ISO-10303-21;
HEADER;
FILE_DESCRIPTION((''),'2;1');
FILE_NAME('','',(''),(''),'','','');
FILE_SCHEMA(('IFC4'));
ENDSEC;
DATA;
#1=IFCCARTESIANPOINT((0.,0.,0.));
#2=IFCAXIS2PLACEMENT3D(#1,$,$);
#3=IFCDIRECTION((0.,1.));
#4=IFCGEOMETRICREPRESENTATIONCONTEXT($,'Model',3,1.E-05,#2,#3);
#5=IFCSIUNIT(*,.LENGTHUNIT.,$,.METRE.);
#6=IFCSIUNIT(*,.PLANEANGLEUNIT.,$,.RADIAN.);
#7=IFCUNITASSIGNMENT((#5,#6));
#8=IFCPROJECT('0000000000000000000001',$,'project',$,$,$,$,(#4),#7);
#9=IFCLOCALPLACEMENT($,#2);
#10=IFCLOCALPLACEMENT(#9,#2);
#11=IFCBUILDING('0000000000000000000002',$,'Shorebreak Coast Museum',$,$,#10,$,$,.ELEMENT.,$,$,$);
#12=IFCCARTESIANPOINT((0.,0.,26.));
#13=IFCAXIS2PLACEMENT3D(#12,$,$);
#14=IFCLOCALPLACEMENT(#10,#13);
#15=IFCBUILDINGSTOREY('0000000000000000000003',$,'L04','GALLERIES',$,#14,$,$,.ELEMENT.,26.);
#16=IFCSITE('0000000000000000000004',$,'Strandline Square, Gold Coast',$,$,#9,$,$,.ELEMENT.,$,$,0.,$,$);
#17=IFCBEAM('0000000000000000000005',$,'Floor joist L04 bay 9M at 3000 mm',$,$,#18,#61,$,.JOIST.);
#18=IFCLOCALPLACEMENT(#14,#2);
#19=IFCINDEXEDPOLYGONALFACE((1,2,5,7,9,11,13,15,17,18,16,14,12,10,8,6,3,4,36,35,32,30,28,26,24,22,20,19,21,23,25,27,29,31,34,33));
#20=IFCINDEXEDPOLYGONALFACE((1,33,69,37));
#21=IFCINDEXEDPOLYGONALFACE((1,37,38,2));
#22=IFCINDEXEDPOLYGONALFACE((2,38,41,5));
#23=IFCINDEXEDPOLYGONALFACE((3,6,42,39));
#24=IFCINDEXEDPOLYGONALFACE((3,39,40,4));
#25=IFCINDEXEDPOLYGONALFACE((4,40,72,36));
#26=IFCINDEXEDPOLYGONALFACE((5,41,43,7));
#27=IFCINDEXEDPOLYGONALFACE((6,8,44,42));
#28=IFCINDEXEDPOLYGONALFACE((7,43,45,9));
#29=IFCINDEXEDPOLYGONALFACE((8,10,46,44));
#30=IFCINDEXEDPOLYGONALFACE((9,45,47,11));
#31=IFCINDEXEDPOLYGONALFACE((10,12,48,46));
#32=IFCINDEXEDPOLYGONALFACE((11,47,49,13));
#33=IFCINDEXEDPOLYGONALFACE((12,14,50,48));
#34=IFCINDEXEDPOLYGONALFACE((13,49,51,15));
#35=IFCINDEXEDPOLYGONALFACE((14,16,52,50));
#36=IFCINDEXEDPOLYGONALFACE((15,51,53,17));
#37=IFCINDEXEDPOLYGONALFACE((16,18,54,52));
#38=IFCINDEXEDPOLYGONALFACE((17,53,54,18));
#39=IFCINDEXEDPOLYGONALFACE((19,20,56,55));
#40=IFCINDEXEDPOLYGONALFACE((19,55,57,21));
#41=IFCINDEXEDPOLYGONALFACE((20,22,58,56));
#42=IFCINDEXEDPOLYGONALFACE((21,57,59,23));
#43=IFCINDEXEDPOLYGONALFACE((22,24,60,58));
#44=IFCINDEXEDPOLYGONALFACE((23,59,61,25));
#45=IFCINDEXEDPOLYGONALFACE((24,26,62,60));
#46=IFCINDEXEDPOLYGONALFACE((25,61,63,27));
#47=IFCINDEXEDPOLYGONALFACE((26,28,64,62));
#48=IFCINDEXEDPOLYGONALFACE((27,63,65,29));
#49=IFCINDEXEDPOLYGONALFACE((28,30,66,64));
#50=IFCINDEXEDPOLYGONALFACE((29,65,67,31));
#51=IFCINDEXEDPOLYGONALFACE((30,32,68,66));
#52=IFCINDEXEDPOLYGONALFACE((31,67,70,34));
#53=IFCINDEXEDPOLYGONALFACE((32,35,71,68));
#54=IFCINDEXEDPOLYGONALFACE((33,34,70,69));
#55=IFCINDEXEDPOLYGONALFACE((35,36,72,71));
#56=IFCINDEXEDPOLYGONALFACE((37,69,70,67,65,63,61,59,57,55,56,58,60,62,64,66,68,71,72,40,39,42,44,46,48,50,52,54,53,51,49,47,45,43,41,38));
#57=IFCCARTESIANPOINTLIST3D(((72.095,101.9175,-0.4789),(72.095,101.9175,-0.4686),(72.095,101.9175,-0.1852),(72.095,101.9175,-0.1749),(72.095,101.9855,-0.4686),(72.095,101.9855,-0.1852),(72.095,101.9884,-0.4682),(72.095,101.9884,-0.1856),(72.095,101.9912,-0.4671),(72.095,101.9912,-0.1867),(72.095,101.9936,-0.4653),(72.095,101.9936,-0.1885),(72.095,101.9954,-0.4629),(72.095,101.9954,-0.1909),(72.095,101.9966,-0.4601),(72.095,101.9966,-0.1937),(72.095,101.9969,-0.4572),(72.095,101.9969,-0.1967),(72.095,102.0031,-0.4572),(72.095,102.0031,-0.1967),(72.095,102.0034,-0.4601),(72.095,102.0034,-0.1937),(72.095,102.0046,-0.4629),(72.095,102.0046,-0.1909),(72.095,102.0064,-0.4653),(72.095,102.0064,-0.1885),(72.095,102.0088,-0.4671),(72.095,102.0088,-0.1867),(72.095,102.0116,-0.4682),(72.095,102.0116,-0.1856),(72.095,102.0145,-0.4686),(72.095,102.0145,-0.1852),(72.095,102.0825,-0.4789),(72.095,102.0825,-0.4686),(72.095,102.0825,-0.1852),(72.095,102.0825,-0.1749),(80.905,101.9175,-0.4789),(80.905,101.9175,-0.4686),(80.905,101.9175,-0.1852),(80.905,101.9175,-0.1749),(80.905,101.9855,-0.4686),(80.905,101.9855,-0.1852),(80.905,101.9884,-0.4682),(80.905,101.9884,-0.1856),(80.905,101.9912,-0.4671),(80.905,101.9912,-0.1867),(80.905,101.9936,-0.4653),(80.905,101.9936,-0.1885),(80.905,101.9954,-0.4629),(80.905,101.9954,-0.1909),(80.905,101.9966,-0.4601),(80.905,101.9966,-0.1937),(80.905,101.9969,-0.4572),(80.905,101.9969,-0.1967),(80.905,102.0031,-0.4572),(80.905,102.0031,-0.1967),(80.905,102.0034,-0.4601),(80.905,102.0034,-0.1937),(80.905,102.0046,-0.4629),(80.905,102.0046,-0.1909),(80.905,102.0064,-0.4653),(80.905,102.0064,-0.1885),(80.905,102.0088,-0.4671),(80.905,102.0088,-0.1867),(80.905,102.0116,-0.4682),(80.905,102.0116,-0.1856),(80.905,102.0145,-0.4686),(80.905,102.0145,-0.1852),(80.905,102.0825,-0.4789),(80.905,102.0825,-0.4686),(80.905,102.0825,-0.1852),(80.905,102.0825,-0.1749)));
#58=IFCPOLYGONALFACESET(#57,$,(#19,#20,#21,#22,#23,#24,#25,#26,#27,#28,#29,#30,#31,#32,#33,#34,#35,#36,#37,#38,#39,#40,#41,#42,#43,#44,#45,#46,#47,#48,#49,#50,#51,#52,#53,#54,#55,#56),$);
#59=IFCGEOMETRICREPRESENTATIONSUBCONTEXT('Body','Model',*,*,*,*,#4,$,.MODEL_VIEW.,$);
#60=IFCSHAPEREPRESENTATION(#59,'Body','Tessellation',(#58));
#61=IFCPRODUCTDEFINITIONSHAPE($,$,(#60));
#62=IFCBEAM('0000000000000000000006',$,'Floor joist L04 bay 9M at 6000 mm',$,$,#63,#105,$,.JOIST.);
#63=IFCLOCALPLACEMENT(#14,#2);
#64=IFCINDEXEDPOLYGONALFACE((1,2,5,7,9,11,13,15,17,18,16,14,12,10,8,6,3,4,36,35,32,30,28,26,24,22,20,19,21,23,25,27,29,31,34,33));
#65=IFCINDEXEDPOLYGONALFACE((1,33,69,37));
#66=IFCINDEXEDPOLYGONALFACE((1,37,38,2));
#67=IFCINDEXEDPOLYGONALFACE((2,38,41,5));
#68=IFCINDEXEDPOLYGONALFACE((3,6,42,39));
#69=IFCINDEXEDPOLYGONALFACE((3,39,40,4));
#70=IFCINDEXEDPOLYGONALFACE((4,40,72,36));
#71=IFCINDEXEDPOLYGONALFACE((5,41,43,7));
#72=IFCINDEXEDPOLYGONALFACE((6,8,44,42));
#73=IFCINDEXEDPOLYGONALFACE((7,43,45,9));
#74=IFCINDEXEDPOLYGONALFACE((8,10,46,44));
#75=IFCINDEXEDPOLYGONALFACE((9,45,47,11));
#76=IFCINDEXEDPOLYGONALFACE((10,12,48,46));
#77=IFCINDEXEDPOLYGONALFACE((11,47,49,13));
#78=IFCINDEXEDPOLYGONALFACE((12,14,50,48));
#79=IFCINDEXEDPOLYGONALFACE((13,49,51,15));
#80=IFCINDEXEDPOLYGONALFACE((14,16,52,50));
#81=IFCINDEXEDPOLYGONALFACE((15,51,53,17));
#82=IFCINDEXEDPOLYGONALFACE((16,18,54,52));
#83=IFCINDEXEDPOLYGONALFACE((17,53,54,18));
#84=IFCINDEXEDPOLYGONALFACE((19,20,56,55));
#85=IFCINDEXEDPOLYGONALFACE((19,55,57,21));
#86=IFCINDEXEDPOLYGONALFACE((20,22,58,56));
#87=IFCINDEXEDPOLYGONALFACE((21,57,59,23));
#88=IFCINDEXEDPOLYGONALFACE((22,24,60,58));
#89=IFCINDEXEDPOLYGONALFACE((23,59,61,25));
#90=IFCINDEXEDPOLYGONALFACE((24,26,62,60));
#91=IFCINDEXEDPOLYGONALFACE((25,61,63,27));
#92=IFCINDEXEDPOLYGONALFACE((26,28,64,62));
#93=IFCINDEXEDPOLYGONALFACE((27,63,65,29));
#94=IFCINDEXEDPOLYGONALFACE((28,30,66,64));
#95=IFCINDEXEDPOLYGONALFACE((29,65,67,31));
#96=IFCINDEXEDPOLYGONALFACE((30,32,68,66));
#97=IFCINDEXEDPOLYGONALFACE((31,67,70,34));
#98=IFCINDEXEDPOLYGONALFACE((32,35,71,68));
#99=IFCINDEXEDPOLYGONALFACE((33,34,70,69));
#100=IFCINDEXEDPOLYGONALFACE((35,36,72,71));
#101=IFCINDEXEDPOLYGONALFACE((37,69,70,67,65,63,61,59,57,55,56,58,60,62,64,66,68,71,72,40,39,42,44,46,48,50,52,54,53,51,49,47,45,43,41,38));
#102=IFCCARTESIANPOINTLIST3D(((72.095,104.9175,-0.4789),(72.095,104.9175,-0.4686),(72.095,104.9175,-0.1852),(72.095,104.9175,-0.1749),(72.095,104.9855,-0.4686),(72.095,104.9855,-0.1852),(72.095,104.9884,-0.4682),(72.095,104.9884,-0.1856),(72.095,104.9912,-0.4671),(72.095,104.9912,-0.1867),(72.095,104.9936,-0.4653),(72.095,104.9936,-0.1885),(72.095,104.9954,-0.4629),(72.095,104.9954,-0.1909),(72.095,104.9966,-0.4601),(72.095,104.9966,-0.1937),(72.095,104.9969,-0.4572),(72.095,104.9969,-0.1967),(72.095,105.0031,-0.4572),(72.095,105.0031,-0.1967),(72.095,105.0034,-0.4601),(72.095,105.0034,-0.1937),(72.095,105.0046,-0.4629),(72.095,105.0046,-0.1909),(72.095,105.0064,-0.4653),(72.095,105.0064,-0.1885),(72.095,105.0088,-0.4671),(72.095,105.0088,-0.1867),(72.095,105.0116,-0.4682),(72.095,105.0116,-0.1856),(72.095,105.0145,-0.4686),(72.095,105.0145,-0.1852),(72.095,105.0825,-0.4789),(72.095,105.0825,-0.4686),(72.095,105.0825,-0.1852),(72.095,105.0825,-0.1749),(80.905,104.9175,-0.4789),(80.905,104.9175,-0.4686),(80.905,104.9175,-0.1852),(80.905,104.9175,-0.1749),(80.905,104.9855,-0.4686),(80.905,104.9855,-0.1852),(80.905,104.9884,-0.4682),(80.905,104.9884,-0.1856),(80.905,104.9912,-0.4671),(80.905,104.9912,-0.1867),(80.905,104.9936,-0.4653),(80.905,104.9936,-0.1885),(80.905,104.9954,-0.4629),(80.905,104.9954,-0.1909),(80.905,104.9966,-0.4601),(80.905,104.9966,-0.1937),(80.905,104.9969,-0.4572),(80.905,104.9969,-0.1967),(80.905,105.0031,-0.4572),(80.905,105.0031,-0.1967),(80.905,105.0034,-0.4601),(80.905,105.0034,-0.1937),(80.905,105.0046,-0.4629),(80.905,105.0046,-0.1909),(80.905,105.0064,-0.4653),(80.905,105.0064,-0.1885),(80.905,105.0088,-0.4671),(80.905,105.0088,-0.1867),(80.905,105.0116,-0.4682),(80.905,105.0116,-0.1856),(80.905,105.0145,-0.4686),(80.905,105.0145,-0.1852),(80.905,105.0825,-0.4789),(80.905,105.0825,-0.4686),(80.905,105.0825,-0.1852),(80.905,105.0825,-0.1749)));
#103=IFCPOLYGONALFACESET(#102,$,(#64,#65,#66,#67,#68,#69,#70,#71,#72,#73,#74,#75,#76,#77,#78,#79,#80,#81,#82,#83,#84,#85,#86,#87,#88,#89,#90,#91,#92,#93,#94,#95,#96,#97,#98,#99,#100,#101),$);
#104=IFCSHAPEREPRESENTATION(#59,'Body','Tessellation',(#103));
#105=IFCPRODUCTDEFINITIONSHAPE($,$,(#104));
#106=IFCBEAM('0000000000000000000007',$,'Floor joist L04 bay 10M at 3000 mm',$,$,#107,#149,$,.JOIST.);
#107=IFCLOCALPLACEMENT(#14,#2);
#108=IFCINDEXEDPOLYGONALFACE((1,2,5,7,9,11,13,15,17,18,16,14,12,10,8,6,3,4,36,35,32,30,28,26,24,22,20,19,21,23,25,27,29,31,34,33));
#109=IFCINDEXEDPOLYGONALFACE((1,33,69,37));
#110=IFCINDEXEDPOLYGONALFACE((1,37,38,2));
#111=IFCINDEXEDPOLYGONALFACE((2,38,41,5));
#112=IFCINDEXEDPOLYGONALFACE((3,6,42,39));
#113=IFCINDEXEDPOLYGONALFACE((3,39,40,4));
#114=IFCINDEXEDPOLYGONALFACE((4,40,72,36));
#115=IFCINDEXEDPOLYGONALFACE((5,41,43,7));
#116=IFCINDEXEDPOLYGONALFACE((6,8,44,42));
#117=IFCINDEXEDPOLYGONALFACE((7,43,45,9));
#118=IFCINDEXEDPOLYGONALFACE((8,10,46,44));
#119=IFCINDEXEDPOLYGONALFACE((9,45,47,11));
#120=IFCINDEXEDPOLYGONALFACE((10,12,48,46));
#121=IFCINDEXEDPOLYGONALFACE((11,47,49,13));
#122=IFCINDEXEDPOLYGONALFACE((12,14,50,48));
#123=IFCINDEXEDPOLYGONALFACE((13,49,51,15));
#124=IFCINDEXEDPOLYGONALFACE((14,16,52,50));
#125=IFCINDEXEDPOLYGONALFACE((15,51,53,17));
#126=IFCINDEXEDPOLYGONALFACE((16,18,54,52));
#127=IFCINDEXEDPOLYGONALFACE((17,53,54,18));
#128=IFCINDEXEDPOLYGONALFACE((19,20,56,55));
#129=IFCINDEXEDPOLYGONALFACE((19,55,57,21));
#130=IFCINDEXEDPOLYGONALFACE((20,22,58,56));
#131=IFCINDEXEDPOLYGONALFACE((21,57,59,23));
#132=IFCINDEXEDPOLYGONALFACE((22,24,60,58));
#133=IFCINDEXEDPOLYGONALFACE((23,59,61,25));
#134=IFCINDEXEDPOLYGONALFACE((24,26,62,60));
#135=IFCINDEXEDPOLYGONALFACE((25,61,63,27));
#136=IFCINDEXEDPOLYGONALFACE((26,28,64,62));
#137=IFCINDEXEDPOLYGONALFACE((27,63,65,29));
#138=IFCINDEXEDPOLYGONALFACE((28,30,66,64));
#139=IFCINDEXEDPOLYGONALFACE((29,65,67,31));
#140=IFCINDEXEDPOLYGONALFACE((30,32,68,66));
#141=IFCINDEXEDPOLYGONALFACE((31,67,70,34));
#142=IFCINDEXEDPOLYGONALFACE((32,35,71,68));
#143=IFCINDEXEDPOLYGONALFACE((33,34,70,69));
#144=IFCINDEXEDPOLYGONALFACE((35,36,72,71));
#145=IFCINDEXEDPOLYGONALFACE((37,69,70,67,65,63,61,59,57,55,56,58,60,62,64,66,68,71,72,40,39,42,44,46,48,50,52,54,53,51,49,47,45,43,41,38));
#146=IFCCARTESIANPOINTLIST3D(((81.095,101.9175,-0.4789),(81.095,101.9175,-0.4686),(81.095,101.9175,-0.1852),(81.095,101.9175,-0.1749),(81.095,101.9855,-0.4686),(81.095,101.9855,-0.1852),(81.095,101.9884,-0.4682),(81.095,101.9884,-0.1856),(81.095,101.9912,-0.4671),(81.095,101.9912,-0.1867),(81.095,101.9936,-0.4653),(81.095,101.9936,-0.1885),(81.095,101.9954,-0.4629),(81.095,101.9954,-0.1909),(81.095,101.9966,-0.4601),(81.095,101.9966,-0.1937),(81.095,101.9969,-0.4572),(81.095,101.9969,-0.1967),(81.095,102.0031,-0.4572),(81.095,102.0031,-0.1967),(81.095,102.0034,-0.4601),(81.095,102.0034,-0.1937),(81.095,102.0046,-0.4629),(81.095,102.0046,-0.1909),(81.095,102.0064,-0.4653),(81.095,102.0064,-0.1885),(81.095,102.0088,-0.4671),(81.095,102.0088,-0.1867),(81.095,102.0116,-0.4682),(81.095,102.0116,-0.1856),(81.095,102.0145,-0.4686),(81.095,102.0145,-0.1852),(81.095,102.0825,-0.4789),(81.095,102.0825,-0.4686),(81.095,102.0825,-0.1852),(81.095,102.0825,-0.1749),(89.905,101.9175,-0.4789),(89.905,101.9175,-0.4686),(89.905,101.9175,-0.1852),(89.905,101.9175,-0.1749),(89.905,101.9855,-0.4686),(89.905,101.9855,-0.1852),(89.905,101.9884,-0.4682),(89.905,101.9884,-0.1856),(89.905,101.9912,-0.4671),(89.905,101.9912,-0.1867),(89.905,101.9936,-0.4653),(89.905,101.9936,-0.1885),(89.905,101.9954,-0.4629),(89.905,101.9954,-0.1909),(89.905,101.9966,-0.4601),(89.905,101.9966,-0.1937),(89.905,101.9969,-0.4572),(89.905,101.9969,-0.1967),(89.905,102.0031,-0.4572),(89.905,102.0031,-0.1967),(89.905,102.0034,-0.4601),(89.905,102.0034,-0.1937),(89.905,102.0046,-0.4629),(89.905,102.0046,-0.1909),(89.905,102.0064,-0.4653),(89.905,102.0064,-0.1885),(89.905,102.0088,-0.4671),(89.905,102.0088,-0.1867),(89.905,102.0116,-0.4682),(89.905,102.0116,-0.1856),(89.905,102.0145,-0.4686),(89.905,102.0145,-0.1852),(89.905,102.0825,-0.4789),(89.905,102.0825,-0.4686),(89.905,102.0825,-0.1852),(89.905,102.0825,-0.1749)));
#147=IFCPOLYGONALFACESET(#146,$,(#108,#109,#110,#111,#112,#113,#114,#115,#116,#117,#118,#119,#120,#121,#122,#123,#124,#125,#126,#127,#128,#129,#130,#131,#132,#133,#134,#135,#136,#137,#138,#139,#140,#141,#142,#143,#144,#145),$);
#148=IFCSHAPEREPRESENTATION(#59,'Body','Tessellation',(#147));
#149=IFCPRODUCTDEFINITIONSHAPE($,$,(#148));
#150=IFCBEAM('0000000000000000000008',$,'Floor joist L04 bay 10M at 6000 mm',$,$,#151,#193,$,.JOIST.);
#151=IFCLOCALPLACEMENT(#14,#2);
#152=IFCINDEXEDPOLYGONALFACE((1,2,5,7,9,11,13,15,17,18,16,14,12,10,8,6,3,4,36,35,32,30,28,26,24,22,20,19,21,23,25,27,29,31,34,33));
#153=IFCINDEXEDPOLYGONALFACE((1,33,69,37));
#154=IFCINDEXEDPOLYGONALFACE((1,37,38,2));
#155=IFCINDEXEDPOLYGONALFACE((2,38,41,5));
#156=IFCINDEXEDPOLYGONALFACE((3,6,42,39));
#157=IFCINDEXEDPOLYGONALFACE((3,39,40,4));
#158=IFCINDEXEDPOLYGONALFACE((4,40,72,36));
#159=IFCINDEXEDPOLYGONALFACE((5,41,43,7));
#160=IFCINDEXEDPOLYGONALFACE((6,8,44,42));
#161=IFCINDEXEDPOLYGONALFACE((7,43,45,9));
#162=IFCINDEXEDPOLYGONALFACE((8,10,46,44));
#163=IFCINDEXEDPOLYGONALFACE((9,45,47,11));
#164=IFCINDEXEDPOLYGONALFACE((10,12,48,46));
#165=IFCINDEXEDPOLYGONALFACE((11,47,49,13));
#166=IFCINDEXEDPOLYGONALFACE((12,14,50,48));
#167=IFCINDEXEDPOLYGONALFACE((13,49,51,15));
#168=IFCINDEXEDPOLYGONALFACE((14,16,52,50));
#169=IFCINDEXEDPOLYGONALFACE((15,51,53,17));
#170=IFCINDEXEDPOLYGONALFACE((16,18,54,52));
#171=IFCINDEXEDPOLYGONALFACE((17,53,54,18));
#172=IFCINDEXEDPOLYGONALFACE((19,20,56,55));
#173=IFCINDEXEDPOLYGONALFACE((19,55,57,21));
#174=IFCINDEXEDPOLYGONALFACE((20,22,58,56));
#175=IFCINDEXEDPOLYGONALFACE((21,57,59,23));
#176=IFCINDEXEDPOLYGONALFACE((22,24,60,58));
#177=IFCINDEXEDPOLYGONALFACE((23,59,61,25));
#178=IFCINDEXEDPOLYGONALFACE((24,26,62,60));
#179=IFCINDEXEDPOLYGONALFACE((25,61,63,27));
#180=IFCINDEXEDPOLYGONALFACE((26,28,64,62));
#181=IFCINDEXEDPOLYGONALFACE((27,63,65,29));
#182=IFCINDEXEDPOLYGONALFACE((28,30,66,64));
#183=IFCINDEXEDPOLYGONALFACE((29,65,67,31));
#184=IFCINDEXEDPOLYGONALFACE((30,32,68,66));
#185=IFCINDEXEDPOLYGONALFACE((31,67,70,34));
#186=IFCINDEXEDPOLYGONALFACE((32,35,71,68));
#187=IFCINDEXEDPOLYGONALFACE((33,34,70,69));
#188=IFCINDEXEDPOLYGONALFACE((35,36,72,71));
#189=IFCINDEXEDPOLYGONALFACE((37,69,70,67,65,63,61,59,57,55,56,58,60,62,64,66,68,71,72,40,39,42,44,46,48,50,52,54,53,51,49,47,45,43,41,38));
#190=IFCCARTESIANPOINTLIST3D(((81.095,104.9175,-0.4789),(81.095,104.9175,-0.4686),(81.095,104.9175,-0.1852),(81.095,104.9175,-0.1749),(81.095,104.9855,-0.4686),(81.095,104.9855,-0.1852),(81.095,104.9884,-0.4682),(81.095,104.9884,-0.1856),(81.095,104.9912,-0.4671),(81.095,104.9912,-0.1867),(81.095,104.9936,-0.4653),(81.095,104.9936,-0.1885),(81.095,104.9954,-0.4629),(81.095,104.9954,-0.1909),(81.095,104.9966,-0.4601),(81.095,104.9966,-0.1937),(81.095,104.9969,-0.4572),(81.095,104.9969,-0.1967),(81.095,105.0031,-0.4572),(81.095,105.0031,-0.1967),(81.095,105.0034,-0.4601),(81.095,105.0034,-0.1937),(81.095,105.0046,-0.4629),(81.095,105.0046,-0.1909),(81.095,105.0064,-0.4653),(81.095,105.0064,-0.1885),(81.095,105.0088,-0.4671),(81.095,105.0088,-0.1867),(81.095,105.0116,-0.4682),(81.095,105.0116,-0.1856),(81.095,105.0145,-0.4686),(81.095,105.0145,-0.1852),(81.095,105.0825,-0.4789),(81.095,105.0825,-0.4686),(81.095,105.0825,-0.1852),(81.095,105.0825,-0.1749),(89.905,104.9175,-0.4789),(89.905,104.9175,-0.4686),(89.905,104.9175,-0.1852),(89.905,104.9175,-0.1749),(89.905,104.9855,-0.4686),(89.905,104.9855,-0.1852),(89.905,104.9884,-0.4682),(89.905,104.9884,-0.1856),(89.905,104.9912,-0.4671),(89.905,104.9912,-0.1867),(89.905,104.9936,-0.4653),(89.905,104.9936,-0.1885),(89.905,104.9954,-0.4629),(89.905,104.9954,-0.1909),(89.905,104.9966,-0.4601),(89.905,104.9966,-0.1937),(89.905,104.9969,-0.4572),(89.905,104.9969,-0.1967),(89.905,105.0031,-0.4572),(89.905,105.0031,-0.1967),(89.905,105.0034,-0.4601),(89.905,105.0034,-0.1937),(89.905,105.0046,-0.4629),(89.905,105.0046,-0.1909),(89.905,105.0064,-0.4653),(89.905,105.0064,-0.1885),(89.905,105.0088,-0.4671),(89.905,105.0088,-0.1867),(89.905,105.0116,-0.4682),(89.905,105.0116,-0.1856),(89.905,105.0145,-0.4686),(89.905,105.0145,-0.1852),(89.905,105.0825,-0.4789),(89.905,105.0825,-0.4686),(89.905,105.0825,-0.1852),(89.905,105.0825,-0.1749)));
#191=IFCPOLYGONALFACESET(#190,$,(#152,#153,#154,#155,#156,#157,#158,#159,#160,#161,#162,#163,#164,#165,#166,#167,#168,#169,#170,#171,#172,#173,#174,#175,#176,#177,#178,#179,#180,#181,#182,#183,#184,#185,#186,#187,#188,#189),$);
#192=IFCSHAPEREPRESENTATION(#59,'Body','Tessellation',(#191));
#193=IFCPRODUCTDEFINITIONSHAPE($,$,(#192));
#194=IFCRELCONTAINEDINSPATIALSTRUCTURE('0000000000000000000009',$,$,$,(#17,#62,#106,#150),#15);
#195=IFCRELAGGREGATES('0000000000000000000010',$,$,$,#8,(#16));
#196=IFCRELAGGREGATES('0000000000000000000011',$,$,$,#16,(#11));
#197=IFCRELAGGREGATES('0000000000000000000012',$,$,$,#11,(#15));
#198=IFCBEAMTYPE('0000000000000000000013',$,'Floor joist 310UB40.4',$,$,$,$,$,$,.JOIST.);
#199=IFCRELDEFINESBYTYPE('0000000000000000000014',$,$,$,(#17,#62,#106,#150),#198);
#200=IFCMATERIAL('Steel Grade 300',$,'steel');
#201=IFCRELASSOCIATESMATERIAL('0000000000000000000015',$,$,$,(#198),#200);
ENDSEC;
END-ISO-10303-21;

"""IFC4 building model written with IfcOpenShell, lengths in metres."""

from ifc_helpers import new_model, si_unit, direction, frame, origin, origin_2d, place, context, subcontext, project, spatial, i_section, extrude, material, material_profile, profile_set, type_object, element, save


model = new_model("IFC4")

# Units and contexts
model_context = context("Model", 3, precision=1e-05, world=origin(), true_north=direction((0.0, 1.0)))
body_context = subcontext(model_context, "Body", "Model", "MODEL_VIEW")
ifc_project = project(units=[si_unit("LENGTHUNIT", "METRE"), si_unit("PLANEANGLEUNIT", "RADIAN")], contexts=[model_context])

# Site, building, storey
site_placement = place(None, origin())
site = spatial("IfcSite", under=ifc_project, at=site_placement, Name="Strandline Square, Gold Coast", CompositionType="ELEMENT", RefElevation=0.0)
building_placement = place(site_placement, origin())
building = spatial("IfcBuilding", under=site, at=building_placement, Name="Shorebreak Coast Museum", CompositionType="ELEMENT")
storey_placement = place(building_placement, frame((0.0, 0.0, 26.0)))
storey = spatial("IfcBuildingStorey", under=building, at=storey_placement, Name="L04", Description="GALLERIES", CompositionType="ELEMENT", Elevation=26.0)

# Beams
ifc_material_1 = material(Name="Steel Grade 300", Category="steel")
ifc_material_profile_1 = material_profile(ifc_material_1, i_section(OverallWidth=0.165, OverallDepth=0.304, WebThickness=0.0061, FlangeThickness=0.0103, FilletRadius=0.0115, at=origin_2d()), Name="310UB40.4")
ifc_profile_set_1 = profile_set([ifc_material_profile_1], Name="Steel Grade 300")
beam_type_1 = type_object("IfcBeamType", Name="Floor joist 310UB40.4", PredefinedType="JOIST", material=ifc_profile_set_1)
for number, where, z_axis, x_axis, name in (
    (1, (72.095, 102.0, -0.3269), (1.0, 0.0, 0.0), (0.0, 1.0, 0.0), "Floor joist L04 bay 9M at 3000 mm"),
    (2, (72.095, 105.0, -0.3269), (1.0, 0.0, 0.0), (0.0, 1.0, 0.0), "Floor joist L04 bay 9M at 6000 mm"),
    (3, (81.095, 102.0, -0.3269), (1.0, 0.0, 0.0), (0.0, 1.0, 0.0), "Floor joist L04 bay 10M at 3000 mm"),
    (4, (81.095, 105.0, -0.3269), (1.0, 0.0, 0.0), (0.0, 1.0, 0.0), "Floor joist L04 bay 10M at 6000 mm"),
):
    element("IfcBeam", number, at=place(storey_placement, frame(where, z_axis=z_axis, x_axis=x_axis)), inside=storey, type_object=beam_type_1, Name=name, PredefinedType="JOIST", context=body_context, shape_type="SweptSolid", body=[
        extrude(i_section(OverallWidth=0.165, OverallDepth=0.304, WebThickness=0.0061, FlangeThickness=0.0103, FilletRadius=0.0115, at=origin_2d()), origin(), (0.0, 0.0, 1.0), 8.8101),
    ])

save(model, "model.ifc")
